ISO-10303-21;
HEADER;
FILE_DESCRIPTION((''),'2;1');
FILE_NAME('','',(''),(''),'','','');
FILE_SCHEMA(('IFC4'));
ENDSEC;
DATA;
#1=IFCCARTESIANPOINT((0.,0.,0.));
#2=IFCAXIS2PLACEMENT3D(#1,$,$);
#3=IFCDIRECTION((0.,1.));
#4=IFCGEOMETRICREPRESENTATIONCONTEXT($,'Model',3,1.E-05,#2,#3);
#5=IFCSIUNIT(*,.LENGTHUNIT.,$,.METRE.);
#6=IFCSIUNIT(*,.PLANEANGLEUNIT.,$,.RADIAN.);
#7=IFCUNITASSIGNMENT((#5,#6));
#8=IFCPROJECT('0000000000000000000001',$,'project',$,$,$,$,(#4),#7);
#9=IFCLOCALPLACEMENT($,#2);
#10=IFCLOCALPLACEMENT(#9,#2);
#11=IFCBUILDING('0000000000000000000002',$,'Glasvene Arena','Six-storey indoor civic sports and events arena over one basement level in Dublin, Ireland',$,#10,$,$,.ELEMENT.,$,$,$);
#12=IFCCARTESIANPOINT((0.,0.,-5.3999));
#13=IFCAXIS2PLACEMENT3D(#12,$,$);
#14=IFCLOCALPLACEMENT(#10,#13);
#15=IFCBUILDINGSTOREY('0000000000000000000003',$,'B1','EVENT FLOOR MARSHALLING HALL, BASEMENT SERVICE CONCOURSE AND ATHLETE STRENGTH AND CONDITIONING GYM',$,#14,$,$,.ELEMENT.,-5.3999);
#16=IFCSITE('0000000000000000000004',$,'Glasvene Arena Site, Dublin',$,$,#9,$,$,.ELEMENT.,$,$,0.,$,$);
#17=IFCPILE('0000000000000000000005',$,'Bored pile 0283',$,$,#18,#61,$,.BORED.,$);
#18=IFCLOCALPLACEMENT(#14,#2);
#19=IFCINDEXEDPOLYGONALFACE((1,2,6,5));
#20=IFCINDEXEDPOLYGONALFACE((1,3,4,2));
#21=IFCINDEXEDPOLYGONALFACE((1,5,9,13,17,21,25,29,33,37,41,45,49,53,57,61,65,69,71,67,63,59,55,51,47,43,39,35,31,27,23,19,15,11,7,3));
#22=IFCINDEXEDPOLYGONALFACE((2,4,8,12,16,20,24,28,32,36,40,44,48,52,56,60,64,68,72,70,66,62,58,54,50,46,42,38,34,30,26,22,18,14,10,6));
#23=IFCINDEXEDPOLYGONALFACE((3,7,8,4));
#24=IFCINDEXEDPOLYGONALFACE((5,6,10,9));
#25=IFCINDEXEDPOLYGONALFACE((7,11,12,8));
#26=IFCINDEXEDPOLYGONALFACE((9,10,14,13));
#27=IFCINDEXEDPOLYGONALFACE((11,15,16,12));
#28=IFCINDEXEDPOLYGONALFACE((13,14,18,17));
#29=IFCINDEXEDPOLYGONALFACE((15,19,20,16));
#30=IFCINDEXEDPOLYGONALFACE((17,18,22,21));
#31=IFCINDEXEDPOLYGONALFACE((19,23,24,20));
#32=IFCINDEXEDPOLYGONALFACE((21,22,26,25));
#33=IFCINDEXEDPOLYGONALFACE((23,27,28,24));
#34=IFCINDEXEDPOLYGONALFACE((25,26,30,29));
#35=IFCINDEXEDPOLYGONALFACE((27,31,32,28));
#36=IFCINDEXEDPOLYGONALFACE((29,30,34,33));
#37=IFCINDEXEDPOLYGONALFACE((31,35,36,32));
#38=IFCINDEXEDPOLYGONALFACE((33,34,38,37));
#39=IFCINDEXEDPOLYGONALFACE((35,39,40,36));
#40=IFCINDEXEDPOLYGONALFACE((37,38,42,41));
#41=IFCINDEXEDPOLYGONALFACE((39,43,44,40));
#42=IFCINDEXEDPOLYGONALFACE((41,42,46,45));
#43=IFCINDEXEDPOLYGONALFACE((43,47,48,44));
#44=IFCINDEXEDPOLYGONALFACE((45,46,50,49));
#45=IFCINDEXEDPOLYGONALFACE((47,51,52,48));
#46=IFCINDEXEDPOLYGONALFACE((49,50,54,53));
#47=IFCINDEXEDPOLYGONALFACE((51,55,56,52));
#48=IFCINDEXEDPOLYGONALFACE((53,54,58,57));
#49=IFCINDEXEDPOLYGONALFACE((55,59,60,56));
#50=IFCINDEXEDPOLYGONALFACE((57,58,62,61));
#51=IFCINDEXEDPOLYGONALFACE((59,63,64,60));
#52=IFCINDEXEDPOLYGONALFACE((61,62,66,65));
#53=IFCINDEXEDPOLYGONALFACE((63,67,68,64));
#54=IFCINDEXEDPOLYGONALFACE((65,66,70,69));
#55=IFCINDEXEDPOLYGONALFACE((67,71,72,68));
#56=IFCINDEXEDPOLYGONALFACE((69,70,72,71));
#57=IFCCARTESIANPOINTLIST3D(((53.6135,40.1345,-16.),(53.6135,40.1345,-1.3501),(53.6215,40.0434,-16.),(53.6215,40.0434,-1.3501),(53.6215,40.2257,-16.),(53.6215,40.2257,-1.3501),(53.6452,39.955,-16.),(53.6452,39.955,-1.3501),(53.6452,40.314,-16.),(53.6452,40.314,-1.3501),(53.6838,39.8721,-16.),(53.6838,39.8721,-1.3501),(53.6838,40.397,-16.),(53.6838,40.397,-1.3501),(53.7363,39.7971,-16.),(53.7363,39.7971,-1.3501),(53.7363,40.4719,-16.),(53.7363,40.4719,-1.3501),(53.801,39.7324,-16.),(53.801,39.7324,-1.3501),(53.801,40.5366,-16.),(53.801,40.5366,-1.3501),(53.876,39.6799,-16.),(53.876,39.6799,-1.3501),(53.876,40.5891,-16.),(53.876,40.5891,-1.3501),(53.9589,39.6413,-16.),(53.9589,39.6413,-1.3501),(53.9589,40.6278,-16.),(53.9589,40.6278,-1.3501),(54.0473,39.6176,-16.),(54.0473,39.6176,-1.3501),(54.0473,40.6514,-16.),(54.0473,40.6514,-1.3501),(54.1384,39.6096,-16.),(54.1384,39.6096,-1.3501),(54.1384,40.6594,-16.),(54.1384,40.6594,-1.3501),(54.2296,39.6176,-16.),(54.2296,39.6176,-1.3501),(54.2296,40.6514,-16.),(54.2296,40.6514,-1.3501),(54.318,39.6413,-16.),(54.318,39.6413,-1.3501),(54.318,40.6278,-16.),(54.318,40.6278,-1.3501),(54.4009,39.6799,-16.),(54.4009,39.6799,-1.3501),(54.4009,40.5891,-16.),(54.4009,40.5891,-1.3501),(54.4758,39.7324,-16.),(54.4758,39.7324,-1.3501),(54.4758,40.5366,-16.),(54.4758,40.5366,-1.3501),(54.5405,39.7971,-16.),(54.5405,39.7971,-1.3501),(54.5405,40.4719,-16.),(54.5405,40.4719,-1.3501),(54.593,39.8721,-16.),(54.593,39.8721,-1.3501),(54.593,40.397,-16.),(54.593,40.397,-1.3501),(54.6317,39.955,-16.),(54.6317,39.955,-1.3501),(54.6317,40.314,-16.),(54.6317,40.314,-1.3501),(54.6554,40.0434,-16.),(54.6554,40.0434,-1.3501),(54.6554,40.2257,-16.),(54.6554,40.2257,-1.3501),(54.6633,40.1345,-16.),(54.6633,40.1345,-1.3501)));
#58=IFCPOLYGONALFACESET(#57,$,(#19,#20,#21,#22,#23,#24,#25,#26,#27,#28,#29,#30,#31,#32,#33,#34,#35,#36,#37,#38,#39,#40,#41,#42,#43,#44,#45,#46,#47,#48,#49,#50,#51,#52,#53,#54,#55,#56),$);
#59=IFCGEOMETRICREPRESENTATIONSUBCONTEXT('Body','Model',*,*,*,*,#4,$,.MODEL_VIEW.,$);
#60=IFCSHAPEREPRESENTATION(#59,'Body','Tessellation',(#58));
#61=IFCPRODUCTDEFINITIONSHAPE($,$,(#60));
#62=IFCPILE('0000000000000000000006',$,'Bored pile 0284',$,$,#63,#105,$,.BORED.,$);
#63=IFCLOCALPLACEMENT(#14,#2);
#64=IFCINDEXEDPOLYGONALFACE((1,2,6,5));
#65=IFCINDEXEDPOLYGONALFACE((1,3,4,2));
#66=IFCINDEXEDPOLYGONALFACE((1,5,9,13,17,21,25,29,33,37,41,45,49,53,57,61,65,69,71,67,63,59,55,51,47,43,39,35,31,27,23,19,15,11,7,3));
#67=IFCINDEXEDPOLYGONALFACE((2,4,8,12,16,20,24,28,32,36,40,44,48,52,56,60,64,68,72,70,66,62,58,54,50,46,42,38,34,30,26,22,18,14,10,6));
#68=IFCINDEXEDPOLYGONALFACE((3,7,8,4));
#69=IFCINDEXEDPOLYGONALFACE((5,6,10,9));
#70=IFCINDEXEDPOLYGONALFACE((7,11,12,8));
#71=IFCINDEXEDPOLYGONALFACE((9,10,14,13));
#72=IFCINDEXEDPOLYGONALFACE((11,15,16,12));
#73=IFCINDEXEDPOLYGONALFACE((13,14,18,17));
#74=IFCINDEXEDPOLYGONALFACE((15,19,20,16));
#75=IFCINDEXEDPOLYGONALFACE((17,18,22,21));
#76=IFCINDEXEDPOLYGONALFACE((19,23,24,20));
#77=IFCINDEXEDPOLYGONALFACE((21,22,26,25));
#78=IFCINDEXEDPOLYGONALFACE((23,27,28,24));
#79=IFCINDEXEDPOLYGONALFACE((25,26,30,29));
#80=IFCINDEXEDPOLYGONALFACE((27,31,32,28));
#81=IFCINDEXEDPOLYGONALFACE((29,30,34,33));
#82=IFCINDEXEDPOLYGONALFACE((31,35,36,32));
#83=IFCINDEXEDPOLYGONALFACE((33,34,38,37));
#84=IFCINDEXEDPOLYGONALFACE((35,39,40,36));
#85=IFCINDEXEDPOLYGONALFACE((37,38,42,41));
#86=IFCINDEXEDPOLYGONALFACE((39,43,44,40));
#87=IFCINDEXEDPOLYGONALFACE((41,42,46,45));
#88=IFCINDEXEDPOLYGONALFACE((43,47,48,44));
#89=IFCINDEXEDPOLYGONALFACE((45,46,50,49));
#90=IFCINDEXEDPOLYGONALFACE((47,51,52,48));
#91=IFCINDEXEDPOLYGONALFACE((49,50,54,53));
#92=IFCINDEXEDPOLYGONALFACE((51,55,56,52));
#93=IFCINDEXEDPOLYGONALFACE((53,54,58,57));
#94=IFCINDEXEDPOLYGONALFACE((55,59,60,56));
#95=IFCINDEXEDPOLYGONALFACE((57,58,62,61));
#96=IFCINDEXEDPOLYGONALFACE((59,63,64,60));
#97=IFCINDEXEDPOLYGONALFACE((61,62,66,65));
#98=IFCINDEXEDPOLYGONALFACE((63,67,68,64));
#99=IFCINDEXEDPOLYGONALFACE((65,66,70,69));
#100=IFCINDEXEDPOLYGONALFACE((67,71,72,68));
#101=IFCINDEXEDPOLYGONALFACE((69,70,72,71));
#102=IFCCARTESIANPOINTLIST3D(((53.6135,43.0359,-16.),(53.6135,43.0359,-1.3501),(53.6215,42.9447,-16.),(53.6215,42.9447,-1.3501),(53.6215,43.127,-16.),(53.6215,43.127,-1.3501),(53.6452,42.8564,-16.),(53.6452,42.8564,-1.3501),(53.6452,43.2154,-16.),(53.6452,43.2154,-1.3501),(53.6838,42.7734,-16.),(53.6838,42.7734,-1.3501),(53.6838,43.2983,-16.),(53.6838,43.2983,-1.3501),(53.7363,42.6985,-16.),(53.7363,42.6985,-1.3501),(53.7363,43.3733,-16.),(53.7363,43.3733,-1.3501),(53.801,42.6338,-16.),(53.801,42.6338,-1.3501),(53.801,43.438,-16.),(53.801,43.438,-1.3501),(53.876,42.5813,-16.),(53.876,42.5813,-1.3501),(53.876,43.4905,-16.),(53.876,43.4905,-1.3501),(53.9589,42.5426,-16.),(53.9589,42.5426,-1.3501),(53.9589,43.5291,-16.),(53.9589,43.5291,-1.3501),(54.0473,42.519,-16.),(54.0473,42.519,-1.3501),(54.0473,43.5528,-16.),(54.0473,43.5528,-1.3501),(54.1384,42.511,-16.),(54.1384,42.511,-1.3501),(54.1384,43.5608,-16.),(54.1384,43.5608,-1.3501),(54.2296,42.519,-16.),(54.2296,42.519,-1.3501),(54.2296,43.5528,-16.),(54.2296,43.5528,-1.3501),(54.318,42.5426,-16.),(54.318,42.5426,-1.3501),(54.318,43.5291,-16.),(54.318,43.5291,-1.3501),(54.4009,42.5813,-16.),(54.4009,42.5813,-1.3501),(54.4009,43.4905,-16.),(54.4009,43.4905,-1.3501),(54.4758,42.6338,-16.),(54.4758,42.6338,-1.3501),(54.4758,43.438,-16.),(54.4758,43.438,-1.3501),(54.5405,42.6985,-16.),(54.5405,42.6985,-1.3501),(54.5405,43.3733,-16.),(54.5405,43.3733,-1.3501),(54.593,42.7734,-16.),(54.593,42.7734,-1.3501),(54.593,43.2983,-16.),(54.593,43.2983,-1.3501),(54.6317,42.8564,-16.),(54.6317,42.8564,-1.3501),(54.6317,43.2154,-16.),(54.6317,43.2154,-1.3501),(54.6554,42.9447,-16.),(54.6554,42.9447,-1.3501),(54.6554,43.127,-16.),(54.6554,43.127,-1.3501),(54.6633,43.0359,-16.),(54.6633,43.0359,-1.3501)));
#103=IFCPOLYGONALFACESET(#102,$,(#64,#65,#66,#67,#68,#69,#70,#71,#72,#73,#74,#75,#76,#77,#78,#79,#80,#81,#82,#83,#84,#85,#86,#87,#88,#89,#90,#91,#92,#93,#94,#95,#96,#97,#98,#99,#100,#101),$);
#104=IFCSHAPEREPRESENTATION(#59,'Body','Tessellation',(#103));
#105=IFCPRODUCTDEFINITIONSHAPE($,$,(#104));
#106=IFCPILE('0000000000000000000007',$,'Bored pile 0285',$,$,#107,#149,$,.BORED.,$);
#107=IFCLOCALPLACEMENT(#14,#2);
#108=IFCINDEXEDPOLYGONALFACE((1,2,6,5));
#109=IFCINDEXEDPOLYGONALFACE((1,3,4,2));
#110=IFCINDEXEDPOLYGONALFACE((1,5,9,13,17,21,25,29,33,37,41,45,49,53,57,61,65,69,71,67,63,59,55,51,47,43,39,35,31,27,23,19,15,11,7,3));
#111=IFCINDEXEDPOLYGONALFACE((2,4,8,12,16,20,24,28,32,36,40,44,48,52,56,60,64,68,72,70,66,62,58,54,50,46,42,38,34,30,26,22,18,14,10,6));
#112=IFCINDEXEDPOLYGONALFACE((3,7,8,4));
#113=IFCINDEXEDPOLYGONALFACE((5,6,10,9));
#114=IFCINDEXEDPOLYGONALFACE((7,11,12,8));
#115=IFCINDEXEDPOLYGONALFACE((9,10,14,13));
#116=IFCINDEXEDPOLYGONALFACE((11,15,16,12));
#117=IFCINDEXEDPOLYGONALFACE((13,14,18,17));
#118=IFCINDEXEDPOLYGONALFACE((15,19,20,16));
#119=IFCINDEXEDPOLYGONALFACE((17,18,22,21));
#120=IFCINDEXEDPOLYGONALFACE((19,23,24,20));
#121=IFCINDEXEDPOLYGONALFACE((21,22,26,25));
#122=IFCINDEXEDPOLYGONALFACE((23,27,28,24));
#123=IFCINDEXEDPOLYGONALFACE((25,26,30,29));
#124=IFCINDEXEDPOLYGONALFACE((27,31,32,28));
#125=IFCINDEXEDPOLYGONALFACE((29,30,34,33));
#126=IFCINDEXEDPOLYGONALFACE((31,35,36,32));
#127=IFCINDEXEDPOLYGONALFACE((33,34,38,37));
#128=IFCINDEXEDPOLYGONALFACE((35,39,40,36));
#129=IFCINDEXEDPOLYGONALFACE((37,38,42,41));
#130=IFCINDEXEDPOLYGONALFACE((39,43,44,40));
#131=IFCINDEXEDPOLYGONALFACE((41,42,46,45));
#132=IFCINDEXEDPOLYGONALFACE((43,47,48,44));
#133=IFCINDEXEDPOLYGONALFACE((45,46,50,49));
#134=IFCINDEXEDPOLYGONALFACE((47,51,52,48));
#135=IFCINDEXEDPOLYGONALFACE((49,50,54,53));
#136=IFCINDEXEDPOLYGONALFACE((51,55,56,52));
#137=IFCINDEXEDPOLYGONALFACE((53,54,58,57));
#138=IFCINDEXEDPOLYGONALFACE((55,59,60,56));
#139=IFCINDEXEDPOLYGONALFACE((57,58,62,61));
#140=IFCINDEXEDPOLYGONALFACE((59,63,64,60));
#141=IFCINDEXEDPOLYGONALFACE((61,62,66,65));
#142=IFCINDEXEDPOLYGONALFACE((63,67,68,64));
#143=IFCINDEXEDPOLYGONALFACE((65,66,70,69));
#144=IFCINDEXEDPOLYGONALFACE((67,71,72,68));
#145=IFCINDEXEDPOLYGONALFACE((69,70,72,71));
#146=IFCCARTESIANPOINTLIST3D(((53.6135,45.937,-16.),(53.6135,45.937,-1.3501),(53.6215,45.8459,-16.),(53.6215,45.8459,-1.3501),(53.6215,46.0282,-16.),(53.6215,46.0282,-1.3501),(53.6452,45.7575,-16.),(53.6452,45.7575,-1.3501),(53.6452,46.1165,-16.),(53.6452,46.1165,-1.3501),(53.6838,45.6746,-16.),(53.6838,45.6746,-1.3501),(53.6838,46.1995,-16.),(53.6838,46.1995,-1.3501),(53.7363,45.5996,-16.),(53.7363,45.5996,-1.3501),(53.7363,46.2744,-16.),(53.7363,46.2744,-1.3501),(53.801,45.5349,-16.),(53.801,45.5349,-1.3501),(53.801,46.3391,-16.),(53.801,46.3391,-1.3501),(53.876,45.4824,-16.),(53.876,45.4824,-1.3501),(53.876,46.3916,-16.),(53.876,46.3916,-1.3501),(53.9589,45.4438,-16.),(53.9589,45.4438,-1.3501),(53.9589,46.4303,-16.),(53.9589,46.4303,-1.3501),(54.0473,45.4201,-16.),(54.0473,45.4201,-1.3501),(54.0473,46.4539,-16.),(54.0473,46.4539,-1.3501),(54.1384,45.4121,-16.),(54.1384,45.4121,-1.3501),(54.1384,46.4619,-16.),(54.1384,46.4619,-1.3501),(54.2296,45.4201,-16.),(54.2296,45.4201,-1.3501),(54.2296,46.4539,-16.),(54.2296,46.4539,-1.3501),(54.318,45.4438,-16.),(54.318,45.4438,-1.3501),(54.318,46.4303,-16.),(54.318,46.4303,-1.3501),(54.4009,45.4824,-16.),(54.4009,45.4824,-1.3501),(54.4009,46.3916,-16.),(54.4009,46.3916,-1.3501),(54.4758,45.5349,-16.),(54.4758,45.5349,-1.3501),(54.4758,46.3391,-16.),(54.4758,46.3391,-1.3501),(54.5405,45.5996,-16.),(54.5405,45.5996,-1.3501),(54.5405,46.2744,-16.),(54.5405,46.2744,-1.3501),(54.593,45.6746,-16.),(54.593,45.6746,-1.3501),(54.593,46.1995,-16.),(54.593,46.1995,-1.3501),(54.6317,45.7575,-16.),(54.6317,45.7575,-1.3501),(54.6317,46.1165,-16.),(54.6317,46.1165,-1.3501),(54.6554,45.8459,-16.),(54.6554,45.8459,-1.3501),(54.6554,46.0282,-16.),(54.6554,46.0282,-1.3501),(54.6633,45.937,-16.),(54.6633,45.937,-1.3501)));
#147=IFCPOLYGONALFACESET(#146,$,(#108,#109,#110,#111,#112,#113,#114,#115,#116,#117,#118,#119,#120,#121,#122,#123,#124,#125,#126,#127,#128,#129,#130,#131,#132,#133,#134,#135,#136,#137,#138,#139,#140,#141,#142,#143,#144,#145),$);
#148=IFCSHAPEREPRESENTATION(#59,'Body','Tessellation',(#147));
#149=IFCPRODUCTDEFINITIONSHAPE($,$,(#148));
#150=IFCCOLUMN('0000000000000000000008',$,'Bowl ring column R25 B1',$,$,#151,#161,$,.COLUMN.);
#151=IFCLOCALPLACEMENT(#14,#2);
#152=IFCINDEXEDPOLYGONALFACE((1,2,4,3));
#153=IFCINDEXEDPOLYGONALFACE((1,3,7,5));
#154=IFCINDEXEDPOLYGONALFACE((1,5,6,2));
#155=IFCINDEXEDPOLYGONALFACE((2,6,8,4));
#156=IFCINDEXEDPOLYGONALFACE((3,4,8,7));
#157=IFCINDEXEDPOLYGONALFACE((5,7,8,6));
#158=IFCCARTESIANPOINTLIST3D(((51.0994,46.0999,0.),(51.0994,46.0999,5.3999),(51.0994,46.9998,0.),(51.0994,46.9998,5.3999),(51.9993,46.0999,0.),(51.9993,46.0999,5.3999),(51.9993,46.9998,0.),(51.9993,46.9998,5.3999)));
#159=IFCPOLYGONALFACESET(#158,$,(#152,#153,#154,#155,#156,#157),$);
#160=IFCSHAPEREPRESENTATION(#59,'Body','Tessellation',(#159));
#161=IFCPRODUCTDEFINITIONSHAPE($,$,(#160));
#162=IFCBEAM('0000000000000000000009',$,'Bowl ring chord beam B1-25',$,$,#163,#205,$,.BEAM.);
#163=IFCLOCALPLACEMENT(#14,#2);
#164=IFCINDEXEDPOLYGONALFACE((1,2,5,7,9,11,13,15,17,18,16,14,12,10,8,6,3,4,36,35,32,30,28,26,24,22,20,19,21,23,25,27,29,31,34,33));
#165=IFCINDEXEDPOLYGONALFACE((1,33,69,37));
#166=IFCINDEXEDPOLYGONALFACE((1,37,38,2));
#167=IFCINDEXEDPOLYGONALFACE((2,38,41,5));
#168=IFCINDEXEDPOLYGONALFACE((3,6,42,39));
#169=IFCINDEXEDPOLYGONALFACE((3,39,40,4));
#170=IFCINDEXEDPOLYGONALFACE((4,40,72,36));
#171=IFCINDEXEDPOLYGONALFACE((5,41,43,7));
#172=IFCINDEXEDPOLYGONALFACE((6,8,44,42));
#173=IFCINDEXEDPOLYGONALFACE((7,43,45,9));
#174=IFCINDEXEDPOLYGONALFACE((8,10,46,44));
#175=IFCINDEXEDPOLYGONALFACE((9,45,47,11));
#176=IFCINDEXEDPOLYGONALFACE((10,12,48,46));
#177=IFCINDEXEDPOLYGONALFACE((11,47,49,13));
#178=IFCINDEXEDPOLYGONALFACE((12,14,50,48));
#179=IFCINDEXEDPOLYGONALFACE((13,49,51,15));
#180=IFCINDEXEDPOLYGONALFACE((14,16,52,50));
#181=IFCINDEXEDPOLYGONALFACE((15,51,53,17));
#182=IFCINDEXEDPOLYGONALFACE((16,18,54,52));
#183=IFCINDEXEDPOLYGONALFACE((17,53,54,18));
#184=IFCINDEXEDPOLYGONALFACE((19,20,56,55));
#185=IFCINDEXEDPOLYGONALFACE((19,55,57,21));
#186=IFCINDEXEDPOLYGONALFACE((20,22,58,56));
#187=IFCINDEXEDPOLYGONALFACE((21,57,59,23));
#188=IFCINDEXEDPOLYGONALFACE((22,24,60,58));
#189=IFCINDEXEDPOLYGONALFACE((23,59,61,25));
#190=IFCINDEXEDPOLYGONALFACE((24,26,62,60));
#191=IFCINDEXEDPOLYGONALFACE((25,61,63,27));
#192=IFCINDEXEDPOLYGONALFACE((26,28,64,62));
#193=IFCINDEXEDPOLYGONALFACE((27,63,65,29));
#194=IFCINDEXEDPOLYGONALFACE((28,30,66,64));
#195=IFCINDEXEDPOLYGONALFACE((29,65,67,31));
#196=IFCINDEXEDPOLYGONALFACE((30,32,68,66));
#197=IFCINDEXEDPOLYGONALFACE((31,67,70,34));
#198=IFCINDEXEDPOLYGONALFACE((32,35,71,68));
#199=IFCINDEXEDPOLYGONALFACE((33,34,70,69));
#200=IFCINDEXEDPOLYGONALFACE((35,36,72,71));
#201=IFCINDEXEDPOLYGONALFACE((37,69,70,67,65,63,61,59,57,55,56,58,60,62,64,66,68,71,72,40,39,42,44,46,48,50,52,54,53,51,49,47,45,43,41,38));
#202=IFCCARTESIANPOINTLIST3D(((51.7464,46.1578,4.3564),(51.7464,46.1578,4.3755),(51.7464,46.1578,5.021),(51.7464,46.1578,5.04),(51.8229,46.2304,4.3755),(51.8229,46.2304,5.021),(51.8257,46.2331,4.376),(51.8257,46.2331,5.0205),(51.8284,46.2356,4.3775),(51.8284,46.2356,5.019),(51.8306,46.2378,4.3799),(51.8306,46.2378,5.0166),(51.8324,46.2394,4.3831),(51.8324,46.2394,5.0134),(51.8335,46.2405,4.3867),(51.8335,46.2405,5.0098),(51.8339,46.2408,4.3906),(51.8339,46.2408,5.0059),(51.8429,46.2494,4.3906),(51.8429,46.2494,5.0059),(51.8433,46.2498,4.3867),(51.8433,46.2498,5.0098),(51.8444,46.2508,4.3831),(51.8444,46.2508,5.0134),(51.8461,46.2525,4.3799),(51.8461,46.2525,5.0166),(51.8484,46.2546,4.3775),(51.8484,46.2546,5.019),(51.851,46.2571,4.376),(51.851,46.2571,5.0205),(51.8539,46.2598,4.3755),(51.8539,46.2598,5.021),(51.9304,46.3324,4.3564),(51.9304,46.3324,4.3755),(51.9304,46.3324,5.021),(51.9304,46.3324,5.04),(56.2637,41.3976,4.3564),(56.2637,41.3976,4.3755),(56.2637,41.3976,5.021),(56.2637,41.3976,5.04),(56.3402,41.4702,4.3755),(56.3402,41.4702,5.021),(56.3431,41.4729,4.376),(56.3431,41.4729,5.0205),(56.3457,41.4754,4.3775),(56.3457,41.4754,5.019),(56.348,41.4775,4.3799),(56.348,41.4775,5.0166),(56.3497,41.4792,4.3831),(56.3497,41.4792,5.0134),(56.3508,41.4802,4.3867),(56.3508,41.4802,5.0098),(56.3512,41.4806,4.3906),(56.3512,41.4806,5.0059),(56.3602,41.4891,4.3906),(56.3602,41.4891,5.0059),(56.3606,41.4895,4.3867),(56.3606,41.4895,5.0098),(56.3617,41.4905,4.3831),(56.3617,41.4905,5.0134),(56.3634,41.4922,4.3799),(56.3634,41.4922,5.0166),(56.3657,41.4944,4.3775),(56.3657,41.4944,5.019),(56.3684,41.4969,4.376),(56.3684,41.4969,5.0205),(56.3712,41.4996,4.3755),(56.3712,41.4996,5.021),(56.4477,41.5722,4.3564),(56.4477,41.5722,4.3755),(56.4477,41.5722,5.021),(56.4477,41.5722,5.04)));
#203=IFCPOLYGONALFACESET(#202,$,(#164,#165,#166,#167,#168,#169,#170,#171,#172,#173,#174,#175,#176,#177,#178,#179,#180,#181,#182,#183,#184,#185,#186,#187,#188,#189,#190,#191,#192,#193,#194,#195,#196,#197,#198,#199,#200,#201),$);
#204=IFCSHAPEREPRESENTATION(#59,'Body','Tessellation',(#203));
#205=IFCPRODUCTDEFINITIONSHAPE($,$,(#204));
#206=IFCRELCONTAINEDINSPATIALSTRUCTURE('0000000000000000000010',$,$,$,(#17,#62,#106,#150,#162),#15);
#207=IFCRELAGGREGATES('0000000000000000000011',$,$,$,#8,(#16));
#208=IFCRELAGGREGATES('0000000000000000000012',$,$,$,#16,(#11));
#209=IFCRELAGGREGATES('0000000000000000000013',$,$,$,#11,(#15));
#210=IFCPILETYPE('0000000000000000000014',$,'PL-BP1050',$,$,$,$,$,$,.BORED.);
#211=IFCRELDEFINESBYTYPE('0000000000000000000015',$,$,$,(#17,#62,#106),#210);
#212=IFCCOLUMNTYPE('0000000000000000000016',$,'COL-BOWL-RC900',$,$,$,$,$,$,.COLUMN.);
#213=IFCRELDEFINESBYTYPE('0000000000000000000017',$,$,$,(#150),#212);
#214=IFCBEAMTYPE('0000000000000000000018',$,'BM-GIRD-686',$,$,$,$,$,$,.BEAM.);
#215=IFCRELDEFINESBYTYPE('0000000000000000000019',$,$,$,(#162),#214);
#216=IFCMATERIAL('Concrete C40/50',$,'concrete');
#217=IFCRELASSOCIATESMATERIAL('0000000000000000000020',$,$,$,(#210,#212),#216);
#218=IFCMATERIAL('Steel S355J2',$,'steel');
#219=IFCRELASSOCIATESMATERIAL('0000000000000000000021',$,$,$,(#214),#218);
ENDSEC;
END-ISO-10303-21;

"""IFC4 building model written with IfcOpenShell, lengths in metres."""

from ifc_helpers import new_model, si_unit, direction, frame, origin, origin_2d, place, context, subcontext, project, spatial, rectangle, circle, i_section, extrude, material, material_profile, profile_set, type_object, element, save


model = new_model("IFC4")

# Units and contexts
model_context = context("Model", 3, precision=1e-05, world=origin(), true_north=direction((0.0, 1.0)))
body_context = subcontext(model_context, "Body", "Model", "MODEL_VIEW")
ifc_project = project(units=[si_unit("LENGTHUNIT", "METRE"), si_unit("PLANEANGLEUNIT", "RADIAN")], contexts=[model_context])

# Site, building, storey
site_placement = place(None, origin())
site = spatial("IfcSite", under=ifc_project, at=site_placement, Name="Glasvene Arena Site, Dublin", CompositionType="ELEMENT", RefElevation=0.0)
building_placement = place(site_placement, origin())
building = spatial("IfcBuilding", under=site, at=building_placement, Name="Glasvene Arena", Description="Six-storey indoor civic sports and events arena over one basement level in Dublin, Ireland", CompositionType="ELEMENT")
storey_placement = place(building_placement, frame((0.0, 0.0, -5.3999)))
storey = spatial("IfcBuildingStorey", under=building, at=storey_placement, Name="B1", Description="EVENT FLOOR MARSHALLING HALL, BASEMENT SERVICE CONCOURSE AND ATHLETE STRENGTH AND CONDITIONING GYM", CompositionType="ELEMENT", Elevation=-5.3999)

# Piles
ifc_material_1 = material(Name="Concrete C40/50", Category="concrete")
ifc_material_profile_1 = material_profile(ifc_material_1, circle(Radius=0.5249, at=origin_2d()), Name="BORED PILE 1050")
ifc_profile_set_1 = profile_set([ifc_material_profile_1], Name="Concrete C40/50")
pile_type = type_object("IfcPileType", Name="PL-BP1050", PredefinedType="BORED", material=ifc_profile_set_1)
for number, where, z_axis, x_axis, name in (
    (1, (54.1384, 40.1345, -1.3501), (0.0, 0.0, -1.0), (1.0, 0.0, 0.0), "Bored pile 0283"),
    (2, (54.1384, 43.0359, -1.3501), (0.0, 0.0, -1.0), (1.0, 0.0, 0.0), "Bored pile 0284"),
    (3, (54.1384, 45.937, -1.3501), (0.0, 0.0, -1.0), (1.0, 0.0, 0.0), "Bored pile 0285"),
):
    element("IfcPile", number, at=place(storey_placement, frame(where, z_axis=z_axis, x_axis=x_axis)), inside=storey, type_object=pile_type, Name=name, PredefinedType="BORED", context=body_context, shape_type="SweptSolid", body=[
        extrude(circle(Radius=0.5249, at=origin_2d()), origin(), (0.0, 0.0, 1.0), 14.6499),
    ])

# Column
ifc_material_profile_2 = material_profile(ifc_material_1, rectangle(XDim=0.8999, YDim=0.8999, at=origin_2d()), Name="RC 900x900")
ifc_profile_set_2 = profile_set([ifc_material_profile_2], Name="Concrete C40/50")
column_type = type_object("IfcColumnType", Name="COL-BOWL-RC900", PredefinedType="COLUMN", material=ifc_profile_set_2)
column_placement = place(storey_placement, frame((51.5493, 46.5498, 0.0), z_axis=(0.0, 0.0, 1.0), x_axis=(1.0, 0.0, 0.0)))
element("IfcColumn", 4, at=column_placement, inside=storey, type_object=column_type, Name="Bowl ring column R25 B1", PredefinedType="COLUMN", context=body_context, shape_type="SweptSolid", body=[
    extrude(rectangle(XDim=0.8999, YDim=0.8999, at=origin_2d()), origin(), (0.0, 0.0, 1.0), 5.3999),
])

# Beam
ifc_material_2 = material(Name="Steel S355J2", Category="steel")
ifc_material_profile_3 = material_profile(ifc_material_2, i_section(OverallWidth=0.2537, OverallDepth=0.6836, WebThickness=0.0125, FlangeThickness=0.019, FilletRadius=0.0151, at=origin_2d()), Name="UKB 686x254x140")
ifc_profile_set_3 = profile_set([ifc_material_profile_3], Name="Steel S355J2")
beam_type = type_object("IfcBeamType", Name="BM-GIRD-686", PredefinedType="BEAM", material=ifc_profile_set_3)
beam_placement = place(storey_placement, frame((51.8384, 46.2451, 4.6982), z_axis=(0.688356, -0.725373, 0.0), x_axis=(0.725373, 0.688356, 0.0)))
element("IfcBeam", 5, at=beam_placement, inside=storey, type_object=beam_type, Name="Bowl ring chord beam B1-25", PredefinedType="BEAM", context=body_context, shape_type="SweptSolid", body=[
    extrude(i_section(OverallWidth=0.2537, OverallDepth=0.6836, WebThickness=0.0125, FlangeThickness=0.019, FilletRadius=0.0151, at=origin_2d()), origin(), (0.0, 0.0, 1.0), 6.5625),
])

save(model, "model.ifc")
